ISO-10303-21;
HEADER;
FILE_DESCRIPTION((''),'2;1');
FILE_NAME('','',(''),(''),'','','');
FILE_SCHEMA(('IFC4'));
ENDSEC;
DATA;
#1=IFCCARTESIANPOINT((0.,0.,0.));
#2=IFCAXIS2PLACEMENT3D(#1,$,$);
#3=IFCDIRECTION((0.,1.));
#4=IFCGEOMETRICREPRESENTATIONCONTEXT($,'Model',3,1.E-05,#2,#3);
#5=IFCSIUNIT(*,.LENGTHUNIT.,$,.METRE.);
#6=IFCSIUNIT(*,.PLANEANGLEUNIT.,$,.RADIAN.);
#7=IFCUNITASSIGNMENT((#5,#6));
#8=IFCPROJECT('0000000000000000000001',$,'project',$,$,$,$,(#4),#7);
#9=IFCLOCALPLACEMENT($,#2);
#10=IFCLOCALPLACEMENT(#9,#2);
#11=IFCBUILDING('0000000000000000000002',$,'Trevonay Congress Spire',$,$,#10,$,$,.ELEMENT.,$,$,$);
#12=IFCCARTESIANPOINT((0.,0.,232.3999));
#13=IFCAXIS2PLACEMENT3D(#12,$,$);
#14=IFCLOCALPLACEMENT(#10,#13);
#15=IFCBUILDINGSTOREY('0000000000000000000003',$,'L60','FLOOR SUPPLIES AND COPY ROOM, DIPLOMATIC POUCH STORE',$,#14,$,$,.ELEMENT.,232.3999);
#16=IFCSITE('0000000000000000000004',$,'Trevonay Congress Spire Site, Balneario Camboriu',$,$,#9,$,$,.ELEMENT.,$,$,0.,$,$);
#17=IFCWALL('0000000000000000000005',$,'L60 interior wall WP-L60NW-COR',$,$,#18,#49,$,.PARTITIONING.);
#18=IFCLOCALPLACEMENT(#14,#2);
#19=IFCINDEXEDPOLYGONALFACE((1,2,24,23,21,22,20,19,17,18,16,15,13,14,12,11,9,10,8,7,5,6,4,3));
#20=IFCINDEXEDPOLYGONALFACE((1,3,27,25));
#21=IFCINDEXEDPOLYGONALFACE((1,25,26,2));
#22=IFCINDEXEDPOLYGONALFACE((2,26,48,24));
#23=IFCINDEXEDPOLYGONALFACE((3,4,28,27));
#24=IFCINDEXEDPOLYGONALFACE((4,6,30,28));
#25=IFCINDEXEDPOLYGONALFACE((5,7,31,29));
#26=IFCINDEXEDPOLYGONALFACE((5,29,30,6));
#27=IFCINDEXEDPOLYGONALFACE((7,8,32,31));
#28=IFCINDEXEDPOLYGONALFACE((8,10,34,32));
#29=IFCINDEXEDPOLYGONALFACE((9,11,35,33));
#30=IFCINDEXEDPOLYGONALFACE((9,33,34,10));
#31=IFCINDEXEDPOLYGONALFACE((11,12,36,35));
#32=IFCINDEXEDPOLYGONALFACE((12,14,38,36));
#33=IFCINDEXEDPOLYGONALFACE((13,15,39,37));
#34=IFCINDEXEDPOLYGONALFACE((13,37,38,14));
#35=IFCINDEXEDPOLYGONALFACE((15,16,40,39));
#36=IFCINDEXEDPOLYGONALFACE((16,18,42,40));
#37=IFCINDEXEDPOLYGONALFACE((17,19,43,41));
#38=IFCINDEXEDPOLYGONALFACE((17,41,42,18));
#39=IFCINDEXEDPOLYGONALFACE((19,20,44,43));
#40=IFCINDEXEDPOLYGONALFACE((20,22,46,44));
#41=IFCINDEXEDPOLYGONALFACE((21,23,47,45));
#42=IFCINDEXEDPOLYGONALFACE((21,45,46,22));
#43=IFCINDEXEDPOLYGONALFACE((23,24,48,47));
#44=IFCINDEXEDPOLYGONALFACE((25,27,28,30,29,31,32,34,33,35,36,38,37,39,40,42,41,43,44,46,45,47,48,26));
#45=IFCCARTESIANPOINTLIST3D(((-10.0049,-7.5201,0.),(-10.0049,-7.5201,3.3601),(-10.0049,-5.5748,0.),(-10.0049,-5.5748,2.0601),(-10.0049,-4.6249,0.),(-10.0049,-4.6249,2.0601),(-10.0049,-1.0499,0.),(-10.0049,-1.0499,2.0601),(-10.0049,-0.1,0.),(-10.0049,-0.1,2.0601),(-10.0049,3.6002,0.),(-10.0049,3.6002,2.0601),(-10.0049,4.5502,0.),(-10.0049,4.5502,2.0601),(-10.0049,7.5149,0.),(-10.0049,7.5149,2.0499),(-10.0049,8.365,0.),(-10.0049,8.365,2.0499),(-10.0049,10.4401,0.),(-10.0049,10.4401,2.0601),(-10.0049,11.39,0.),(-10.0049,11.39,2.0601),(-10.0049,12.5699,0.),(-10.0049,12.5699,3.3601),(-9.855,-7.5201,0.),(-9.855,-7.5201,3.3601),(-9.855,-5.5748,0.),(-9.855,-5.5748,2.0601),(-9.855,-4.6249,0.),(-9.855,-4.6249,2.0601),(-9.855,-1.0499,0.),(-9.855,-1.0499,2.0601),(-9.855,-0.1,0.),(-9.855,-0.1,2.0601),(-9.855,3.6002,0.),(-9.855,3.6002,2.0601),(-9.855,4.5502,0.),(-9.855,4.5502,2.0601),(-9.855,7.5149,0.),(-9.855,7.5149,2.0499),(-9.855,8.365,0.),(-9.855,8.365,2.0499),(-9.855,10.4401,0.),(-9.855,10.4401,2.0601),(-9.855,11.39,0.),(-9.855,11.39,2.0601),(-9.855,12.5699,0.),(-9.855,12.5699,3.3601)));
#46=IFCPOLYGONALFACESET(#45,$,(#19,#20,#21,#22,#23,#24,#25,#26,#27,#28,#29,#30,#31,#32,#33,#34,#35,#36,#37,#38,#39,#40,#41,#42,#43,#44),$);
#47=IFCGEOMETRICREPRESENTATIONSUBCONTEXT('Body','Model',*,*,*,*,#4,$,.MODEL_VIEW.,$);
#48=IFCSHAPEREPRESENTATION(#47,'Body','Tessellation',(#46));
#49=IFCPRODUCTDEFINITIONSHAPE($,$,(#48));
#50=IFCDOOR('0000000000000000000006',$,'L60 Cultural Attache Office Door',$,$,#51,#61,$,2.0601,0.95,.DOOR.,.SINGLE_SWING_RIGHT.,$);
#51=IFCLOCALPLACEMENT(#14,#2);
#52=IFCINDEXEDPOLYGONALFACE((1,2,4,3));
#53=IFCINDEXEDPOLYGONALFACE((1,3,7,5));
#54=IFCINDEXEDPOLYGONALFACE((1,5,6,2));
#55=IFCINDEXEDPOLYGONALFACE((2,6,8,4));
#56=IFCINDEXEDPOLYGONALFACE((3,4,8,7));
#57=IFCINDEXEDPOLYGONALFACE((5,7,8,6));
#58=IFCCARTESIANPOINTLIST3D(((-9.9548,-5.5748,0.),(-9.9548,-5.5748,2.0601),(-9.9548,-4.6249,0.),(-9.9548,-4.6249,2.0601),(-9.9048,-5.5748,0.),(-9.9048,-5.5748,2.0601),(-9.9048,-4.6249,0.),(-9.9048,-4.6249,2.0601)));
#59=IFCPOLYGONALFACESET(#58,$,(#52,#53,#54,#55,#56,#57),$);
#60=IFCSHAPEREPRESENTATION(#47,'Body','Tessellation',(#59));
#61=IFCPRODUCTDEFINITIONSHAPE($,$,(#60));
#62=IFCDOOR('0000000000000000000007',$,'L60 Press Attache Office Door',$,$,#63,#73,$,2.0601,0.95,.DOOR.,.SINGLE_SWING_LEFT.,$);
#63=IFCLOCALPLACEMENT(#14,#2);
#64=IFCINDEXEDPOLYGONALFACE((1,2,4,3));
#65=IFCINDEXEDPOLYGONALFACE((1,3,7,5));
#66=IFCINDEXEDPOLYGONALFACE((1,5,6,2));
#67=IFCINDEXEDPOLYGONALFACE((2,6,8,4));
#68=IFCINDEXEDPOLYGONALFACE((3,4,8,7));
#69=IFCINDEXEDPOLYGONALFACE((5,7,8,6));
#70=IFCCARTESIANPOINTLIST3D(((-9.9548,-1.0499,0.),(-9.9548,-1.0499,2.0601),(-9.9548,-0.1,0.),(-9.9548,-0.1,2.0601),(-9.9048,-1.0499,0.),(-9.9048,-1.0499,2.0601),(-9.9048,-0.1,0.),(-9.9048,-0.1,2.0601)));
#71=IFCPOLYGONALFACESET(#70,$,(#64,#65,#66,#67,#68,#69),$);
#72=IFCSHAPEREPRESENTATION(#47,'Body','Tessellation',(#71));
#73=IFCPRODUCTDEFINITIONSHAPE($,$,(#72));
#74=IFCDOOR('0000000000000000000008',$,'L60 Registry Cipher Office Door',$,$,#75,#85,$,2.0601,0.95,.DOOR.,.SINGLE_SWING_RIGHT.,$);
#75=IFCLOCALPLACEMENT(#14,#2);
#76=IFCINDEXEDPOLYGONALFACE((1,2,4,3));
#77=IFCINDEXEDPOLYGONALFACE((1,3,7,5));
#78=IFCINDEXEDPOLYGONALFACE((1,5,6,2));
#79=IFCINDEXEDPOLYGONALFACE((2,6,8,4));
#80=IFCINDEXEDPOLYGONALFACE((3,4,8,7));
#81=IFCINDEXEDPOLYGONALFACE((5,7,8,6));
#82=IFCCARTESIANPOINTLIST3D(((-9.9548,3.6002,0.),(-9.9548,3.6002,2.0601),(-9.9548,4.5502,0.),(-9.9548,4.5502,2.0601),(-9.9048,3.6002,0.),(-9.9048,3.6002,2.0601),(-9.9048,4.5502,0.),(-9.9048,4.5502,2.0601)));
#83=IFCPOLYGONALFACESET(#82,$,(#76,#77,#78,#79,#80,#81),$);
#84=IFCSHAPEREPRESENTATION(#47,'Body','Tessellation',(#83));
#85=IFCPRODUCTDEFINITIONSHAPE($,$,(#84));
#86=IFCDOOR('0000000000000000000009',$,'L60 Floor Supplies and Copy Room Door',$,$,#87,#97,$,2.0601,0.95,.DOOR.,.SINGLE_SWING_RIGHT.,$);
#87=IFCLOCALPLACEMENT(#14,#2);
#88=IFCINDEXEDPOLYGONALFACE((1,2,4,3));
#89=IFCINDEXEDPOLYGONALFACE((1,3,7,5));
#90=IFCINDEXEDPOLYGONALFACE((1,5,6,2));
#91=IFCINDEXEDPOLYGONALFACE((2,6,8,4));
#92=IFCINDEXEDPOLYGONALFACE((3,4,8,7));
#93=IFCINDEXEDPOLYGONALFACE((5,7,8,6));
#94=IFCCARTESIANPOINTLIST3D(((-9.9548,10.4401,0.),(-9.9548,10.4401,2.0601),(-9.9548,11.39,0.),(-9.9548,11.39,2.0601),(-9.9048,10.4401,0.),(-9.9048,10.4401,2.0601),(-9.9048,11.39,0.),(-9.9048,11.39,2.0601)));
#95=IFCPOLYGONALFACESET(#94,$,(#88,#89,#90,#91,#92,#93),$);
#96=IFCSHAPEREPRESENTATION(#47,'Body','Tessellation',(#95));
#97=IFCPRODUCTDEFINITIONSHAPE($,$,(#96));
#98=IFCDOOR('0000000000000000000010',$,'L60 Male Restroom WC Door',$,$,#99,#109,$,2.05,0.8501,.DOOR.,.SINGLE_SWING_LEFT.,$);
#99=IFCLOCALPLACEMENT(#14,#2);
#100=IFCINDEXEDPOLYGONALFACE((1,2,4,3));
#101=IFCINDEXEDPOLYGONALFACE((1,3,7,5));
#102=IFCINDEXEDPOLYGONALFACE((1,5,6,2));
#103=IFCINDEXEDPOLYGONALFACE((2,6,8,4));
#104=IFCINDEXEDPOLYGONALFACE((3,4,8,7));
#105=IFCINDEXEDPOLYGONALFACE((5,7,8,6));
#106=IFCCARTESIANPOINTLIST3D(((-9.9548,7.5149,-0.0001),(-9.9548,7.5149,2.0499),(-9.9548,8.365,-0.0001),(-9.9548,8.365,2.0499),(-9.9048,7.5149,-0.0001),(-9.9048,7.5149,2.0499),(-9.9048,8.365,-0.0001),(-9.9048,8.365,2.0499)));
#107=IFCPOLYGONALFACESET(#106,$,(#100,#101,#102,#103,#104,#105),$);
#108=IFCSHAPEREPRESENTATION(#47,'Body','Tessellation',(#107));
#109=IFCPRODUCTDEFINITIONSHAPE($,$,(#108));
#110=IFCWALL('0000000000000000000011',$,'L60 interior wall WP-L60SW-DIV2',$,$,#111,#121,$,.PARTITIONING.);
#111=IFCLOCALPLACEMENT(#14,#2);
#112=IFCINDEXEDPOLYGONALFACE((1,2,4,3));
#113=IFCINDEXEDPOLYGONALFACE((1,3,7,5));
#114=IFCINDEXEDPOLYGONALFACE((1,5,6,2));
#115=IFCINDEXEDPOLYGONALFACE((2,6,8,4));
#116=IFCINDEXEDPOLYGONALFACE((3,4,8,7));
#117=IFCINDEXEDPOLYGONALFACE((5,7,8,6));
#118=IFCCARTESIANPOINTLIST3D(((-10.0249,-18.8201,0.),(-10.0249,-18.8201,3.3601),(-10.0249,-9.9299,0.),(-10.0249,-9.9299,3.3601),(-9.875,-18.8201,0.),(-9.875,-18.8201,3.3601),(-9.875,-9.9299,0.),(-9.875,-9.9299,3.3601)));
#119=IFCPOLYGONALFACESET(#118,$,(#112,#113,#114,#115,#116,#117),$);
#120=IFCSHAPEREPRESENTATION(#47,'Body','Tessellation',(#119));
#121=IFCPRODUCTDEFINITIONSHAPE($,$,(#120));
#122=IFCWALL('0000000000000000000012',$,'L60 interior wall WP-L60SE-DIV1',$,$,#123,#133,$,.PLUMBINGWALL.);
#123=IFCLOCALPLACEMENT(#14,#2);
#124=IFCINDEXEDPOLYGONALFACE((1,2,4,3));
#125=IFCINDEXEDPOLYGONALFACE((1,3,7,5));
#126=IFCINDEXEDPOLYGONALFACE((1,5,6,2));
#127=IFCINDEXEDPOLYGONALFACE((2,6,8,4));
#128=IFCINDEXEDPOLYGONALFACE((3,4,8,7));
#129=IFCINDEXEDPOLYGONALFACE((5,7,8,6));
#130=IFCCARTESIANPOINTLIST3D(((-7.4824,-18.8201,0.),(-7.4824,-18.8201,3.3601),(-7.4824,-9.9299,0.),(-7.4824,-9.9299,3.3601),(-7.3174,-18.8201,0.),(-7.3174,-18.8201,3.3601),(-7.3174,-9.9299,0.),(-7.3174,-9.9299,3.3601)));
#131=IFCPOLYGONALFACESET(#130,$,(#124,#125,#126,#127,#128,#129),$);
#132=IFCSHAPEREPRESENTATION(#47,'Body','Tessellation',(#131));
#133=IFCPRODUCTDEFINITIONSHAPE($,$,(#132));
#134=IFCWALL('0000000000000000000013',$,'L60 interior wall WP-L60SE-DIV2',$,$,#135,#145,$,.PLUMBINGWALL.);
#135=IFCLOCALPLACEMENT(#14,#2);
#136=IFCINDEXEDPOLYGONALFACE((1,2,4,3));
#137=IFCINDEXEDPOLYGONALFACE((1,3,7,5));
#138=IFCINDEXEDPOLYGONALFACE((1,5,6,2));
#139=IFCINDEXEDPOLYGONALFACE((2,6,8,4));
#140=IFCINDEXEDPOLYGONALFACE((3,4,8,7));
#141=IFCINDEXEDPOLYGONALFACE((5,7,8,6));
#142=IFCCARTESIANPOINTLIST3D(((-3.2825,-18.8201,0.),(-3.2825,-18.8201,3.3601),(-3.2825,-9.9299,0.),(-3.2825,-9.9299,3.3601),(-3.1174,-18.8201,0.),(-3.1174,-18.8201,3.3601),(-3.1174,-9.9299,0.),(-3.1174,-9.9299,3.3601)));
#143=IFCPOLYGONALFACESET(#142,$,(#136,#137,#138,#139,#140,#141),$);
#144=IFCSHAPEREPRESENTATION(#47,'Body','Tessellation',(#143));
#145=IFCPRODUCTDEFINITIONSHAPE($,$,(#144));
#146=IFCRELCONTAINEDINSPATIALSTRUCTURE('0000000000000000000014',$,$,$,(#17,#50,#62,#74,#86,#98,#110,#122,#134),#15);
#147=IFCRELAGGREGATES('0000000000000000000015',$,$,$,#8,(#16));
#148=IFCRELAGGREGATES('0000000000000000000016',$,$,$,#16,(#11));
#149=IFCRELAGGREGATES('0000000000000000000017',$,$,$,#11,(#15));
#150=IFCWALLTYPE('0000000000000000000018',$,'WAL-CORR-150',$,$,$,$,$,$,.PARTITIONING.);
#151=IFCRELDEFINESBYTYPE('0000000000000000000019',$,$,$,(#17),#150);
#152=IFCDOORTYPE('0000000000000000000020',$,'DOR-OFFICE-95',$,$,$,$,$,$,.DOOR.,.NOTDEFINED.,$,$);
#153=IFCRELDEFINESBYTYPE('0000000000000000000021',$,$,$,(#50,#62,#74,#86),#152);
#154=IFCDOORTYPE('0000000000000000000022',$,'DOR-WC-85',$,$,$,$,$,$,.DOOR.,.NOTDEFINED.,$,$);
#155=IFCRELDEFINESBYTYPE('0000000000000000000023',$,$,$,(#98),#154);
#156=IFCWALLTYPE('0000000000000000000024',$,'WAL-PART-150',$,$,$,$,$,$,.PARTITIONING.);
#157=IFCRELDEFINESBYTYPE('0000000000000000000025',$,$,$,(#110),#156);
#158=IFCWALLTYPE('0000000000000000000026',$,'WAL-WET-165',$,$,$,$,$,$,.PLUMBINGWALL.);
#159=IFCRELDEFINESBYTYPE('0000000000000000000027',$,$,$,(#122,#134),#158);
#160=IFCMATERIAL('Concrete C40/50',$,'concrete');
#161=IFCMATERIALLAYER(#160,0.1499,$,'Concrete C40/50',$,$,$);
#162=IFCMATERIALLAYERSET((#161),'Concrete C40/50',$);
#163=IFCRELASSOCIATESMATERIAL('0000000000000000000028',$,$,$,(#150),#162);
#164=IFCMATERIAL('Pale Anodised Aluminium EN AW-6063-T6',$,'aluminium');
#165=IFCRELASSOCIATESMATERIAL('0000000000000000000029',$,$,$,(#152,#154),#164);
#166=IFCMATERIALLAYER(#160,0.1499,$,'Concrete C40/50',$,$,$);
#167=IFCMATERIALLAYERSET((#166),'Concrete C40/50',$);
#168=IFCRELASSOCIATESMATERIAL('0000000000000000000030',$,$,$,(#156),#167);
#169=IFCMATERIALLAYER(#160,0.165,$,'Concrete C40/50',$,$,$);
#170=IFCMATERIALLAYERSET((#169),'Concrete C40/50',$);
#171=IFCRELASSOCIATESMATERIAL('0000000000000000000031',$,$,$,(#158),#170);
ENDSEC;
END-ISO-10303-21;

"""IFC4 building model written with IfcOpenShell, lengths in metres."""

from ifc_helpers import new_model, si_unit, direction, frame, frame_2d, origin, place, context, subcontext, project, spatial, rectangle, extrude, material, layer, layer_set, type_object, element, fill, save


model = new_model("IFC4")

# Units and contexts
model_context = context("Model", 3, precision=1e-05, world=origin(), true_north=direction((0.0, 1.0)))
body_context = subcontext(model_context, "Body", "Model", "MODEL_VIEW")
ifc_project = project(units=[si_unit("LENGTHUNIT", "METRE"), si_unit("PLANEANGLEUNIT", "RADIAN")], contexts=[model_context])

# Site, building, storey
site_placement = place(None, origin())
site = spatial("IfcSite", under=ifc_project, at=site_placement, Name="Trevonay Congress Spire Site, Balneario Camboriu", CompositionType="ELEMENT", RefElevation=0.0)
building_placement = place(site_placement, origin())
building = spatial("IfcBuilding", under=site, at=building_placement, Name="Trevonay Congress Spire", CompositionType="ELEMENT")
storey_placement = place(building_placement, frame((0.0, 0.0, 232.3999)))
storey = spatial("IfcBuildingStorey", under=building, at=storey_placement, Name="L60", Description="FLOOR SUPPLIES AND COPY ROOM, DIPLOMATIC POUCH STORE", CompositionType="ELEMENT", Elevation=232.3999)

# Shared definitions
ifc_material_1 = material(Name="Pale Anodised Aluminium EN AW-6063-T6", Category="aluminium")

# Wall, openings, doors
ifc_material_2 = material(Name="Concrete C40/50", Category="concrete")
ifc_layer_1 = layer(ifc_material_2, 0.1499, Name="Concrete C40/50")
ifc_layer_set_1 = layer_set([ifc_layer_1], Name="Concrete C40/50")
wall_type_1 = type_object("IfcWallType", Name="WAL-CORR-150", PredefinedType="PARTITIONING", material=ifc_layer_set_1)
door_type_1 = type_object("IfcDoorType", Name="DOR-OFFICE-95", OperationType="NOTDEFINED", PredefinedType="DOOR", material=ifc_material_1)
door_type_2 = type_object("IfcDoorType", Name="DOR-WC-85", OperationType="NOTDEFINED", PredefinedType="DOOR", material=ifc_material_1)
wall_1_placement = place(storey_placement, frame((-9.9299, -7.52, 0.0), z_axis=(0.0, 0.0, 1.0), x_axis=(0.0, 1.0, 0.0)))
wall_1 = element("IfcWall", 1, at=wall_1_placement, inside=storey, type_object=wall_type_1, Name="L60 interior wall WP-L60NW-COR", PredefinedType="PARTITIONING", context=body_context, shape_type="SweptSolid", body=[
    extrude(rectangle(XDim=20.0901, YDim=0.1499, at=frame_2d((10.0449, 0.0))), origin(), (0.0, 0.0, 1.0), 3.3601),
])
opening_1_placement = place(wall_1_placement, frame((1.9451, 0.0, 0.0)))
opening_1 = element("IfcOpeningElement", 2, at=opening_1_placement, cuts=wall_1, PredefinedType="OPENING", context=body_context, shape_type="SweptSolid", body=[
    extrude(rectangle(XDim=0.95, YDim=2.0601, at=frame_2d((0.4751, 1.03))), frame((0.0, 0.085, 0.0), z_axis=(0.0, -1.0, 0.0), x_axis=(1.0, 0.0, 0.0)), (0.0, 0.0, 1.0), 0.1699),
])
opening_2_placement = place(wall_1_placement, frame((6.47, 0.0, 0.0)))
opening_2 = element("IfcOpeningElement", 3, at=opening_2_placement, cuts=wall_1, PredefinedType="OPENING", context=body_context, shape_type="SweptSolid", body=[
    extrude(rectangle(XDim=0.95, YDim=2.0601, at=frame_2d((0.4751, 1.03))), frame((0.0, 0.085, 0.0), z_axis=(0.0, -1.0, 0.0), x_axis=(1.0, 0.0, 0.0)), (0.0, 0.0, 1.0), 0.1699),
])
opening_3_placement = place(wall_1_placement, frame((11.1201, 0.0, 0.0)))
opening_3 = element("IfcOpeningElement", 4, at=opening_3_placement, cuts=wall_1, PredefinedType="OPENING", context=body_context, shape_type="SweptSolid", body=[
    extrude(rectangle(XDim=0.95, YDim=2.0601, at=frame_2d((0.4751, 1.03))), frame((0.0, 0.085, 0.0), z_axis=(0.0, -1.0, 0.0), x_axis=(1.0, 0.0, 0.0)), (0.0, 0.0, 1.0), 0.1699),
])
opening_4_placement = place(wall_1_placement, frame((15.0349, 0.0, 0.0)))
opening_4 = element("IfcOpeningElement", 5, at=opening_4_placement, cuts=wall_1, PredefinedType="OPENING", context=body_context, shape_type="SweptSolid", body=[
    extrude(rectangle(XDim=0.8501, YDim=2.05, at=frame_2d((0.425, 1.0249))), frame((0.0, 0.085, 0.0), z_axis=(0.0, -1.0, 0.0), x_axis=(1.0, 0.0, 0.0)), (0.0, 0.0, 1.0), 0.1699),
])
opening_5_placement = place(wall_1_placement, frame((17.96, 0.0, 0.0)))
opening_5 = element("IfcOpeningElement", 6, at=opening_5_placement, cuts=wall_1, PredefinedType="OPENING", context=body_context, shape_type="SweptSolid", body=[
    extrude(rectangle(XDim=0.95, YDim=2.0601, at=frame_2d((0.4751, 1.03))), frame((0.0, 0.085, 0.0), z_axis=(0.0, -1.0, 0.0), x_axis=(1.0, 0.0, 0.0)), (0.0, 0.0, 1.0), 0.1699),
])
door_1_placement = place(opening_1_placement, origin())
door_1 = element("IfcDoor", 7, at=door_1_placement, inside=storey, type_object=door_type_1, Name="L60 Cultural Attache Office Door", OperationType="SINGLE_SWING_RIGHT", OverallHeight=2.0601, OverallWidth=0.95, PredefinedType="DOOR", context=body_context, shape_type="SweptSolid", body=[
    extrude(rectangle(XDim=0.95, YDim=2.0601, at=frame_2d((0.4751, 1.03))), frame((0.0, 0.0249, 0.0), z_axis=(0.0, -1.0, 0.0), x_axis=(1.0, 0.0, 0.0)), (0.0, 0.0, 1.0), 0.05),
])
fill(opening_1, door_1)
door_2_placement = place(opening_2_placement, origin())
door_2 = element("IfcDoor", 8, at=door_2_placement, inside=storey, type_object=door_type_1, Name="L60 Press Attache Office Door", OperationType="SINGLE_SWING_LEFT", OverallHeight=2.0601, OverallWidth=0.95, PredefinedType="DOOR", context=body_context, shape_type="SweptSolid", body=[
    extrude(rectangle(XDim=0.95, YDim=2.0601, at=frame_2d((0.4751, 1.03))), frame((0.0, 0.0249, 0.0), z_axis=(0.0, -1.0, 0.0), x_axis=(1.0, 0.0, 0.0)), (0.0, 0.0, 1.0), 0.05),
])
fill(opening_2, door_2)
door_3_placement = place(opening_3_placement, origin())
door_3 = element("IfcDoor", 9, at=door_3_placement, inside=storey, type_object=door_type_1, Name="L60 Registry Cipher Office Door", OperationType="SINGLE_SWING_RIGHT", OverallHeight=2.0601, OverallWidth=0.95, PredefinedType="DOOR", context=body_context, shape_type="SweptSolid", body=[
    extrude(rectangle(XDim=0.95, YDim=2.0601, at=frame_2d((0.4751, 1.03))), frame((0.0, 0.0249, 0.0), z_axis=(0.0, -1.0, 0.0), x_axis=(1.0, 0.0, 0.0)), (0.0, 0.0, 1.0), 0.05),
])
fill(opening_3, door_3)
door_4_placement = place(opening_5_placement, origin())
door_4 = element("IfcDoor", 10, at=door_4_placement, inside=storey, type_object=door_type_1, Name="L60 Floor Supplies and Copy Room Door", OperationType="SINGLE_SWING_RIGHT", OverallHeight=2.0601, OverallWidth=0.95, PredefinedType="DOOR", context=body_context, shape_type="SweptSolid", body=[
    extrude(rectangle(XDim=0.95, YDim=2.0601, at=frame_2d((0.4751, 1.03))), frame((0.0, 0.0249, 0.0), z_axis=(0.0, -1.0, 0.0), x_axis=(1.0, 0.0, 0.0)), (0.0, 0.0, 1.0), 0.05),
])
fill(opening_5, door_4)
door_5_placement = place(opening_4_placement, origin())
door_5 = element("IfcDoor", 11, at=door_5_placement, inside=storey, type_object=door_type_2, Name="L60 Male Restroom WC Door", OperationType="SINGLE_SWING_LEFT", OverallHeight=2.05, OverallWidth=0.8501, PredefinedType="DOOR", context=body_context, shape_type="SweptSolid", body=[
    extrude(rectangle(XDim=0.8501, YDim=2.05, at=frame_2d((0.425, 1.0249))), frame((0.0, 0.0249, 0.0), z_axis=(0.0, -1.0, 0.0), x_axis=(1.0, 0.0, 0.0)), (0.0, 0.0, 1.0), 0.05),
])
fill(opening_4, door_5)

# Walls
ifc_layer_2 = layer(ifc_material_2, 0.1499, Name="Concrete C40/50")
ifc_layer_set_2 = layer_set([ifc_layer_2], Name="Concrete C40/50")
wall_type_2 = type_object("IfcWallType", Name="WAL-PART-150", PredefinedType="PARTITIONING", material=ifc_layer_set_2)
wall_2_placement = place(storey_placement, frame((-9.95, -18.8201, 0.0), z_axis=(0.0, 0.0, 1.0), x_axis=(0.0, 1.0, 0.0)))
element("IfcWall", 12, at=wall_2_placement, inside=storey, type_object=wall_type_2, Name="L60 interior wall WP-L60SW-DIV2", PredefinedType="PARTITIONING", context=body_context, shape_type="SweptSolid", body=[
    extrude(rectangle(XDim=8.8901, YDim=0.1499, at=frame_2d((4.4451, 0.0))), origin(), (0.0, 0.0, 1.0), 3.3601),
])
ifc_layer_3 = layer(ifc_material_2, 0.165, Name="Concrete C40/50")
ifc_layer_set_3 = layer_set([ifc_layer_3], Name="Concrete C40/50")
wall_type_3 = type_object("IfcWallType", Name="WAL-WET-165", PredefinedType="PLUMBINGWALL", material=ifc_layer_set_3)
for number, where, z_axis, x_axis, name in (
    (13, (-7.3999, -18.8201, 0.0), (0.0, 0.0, 1.0), (0.0, 1.0, 0.0), "L60 interior wall WP-L60SE-DIV1"),
    (14, (-3.2, -18.8201, 0.0), (0.0, 0.0, 1.0), (0.0, 1.0, 0.0), "L60 interior wall WP-L60SE-DIV2"),
):
    element("IfcWall", number, at=place(storey_placement, frame(where, z_axis=z_axis, x_axis=x_axis)), inside=storey, type_object=wall_type_3, Name=name, PredefinedType="PLUMBINGWALL", context=body_context, shape_type="SweptSolid", body=[
        extrude(rectangle(XDim=8.8901, YDim=0.165, at=frame_2d((4.4451, 0.0))), origin(), (0.0, 0.0, 1.0), 3.3601),
    ])

save(model, "model.ifc")
